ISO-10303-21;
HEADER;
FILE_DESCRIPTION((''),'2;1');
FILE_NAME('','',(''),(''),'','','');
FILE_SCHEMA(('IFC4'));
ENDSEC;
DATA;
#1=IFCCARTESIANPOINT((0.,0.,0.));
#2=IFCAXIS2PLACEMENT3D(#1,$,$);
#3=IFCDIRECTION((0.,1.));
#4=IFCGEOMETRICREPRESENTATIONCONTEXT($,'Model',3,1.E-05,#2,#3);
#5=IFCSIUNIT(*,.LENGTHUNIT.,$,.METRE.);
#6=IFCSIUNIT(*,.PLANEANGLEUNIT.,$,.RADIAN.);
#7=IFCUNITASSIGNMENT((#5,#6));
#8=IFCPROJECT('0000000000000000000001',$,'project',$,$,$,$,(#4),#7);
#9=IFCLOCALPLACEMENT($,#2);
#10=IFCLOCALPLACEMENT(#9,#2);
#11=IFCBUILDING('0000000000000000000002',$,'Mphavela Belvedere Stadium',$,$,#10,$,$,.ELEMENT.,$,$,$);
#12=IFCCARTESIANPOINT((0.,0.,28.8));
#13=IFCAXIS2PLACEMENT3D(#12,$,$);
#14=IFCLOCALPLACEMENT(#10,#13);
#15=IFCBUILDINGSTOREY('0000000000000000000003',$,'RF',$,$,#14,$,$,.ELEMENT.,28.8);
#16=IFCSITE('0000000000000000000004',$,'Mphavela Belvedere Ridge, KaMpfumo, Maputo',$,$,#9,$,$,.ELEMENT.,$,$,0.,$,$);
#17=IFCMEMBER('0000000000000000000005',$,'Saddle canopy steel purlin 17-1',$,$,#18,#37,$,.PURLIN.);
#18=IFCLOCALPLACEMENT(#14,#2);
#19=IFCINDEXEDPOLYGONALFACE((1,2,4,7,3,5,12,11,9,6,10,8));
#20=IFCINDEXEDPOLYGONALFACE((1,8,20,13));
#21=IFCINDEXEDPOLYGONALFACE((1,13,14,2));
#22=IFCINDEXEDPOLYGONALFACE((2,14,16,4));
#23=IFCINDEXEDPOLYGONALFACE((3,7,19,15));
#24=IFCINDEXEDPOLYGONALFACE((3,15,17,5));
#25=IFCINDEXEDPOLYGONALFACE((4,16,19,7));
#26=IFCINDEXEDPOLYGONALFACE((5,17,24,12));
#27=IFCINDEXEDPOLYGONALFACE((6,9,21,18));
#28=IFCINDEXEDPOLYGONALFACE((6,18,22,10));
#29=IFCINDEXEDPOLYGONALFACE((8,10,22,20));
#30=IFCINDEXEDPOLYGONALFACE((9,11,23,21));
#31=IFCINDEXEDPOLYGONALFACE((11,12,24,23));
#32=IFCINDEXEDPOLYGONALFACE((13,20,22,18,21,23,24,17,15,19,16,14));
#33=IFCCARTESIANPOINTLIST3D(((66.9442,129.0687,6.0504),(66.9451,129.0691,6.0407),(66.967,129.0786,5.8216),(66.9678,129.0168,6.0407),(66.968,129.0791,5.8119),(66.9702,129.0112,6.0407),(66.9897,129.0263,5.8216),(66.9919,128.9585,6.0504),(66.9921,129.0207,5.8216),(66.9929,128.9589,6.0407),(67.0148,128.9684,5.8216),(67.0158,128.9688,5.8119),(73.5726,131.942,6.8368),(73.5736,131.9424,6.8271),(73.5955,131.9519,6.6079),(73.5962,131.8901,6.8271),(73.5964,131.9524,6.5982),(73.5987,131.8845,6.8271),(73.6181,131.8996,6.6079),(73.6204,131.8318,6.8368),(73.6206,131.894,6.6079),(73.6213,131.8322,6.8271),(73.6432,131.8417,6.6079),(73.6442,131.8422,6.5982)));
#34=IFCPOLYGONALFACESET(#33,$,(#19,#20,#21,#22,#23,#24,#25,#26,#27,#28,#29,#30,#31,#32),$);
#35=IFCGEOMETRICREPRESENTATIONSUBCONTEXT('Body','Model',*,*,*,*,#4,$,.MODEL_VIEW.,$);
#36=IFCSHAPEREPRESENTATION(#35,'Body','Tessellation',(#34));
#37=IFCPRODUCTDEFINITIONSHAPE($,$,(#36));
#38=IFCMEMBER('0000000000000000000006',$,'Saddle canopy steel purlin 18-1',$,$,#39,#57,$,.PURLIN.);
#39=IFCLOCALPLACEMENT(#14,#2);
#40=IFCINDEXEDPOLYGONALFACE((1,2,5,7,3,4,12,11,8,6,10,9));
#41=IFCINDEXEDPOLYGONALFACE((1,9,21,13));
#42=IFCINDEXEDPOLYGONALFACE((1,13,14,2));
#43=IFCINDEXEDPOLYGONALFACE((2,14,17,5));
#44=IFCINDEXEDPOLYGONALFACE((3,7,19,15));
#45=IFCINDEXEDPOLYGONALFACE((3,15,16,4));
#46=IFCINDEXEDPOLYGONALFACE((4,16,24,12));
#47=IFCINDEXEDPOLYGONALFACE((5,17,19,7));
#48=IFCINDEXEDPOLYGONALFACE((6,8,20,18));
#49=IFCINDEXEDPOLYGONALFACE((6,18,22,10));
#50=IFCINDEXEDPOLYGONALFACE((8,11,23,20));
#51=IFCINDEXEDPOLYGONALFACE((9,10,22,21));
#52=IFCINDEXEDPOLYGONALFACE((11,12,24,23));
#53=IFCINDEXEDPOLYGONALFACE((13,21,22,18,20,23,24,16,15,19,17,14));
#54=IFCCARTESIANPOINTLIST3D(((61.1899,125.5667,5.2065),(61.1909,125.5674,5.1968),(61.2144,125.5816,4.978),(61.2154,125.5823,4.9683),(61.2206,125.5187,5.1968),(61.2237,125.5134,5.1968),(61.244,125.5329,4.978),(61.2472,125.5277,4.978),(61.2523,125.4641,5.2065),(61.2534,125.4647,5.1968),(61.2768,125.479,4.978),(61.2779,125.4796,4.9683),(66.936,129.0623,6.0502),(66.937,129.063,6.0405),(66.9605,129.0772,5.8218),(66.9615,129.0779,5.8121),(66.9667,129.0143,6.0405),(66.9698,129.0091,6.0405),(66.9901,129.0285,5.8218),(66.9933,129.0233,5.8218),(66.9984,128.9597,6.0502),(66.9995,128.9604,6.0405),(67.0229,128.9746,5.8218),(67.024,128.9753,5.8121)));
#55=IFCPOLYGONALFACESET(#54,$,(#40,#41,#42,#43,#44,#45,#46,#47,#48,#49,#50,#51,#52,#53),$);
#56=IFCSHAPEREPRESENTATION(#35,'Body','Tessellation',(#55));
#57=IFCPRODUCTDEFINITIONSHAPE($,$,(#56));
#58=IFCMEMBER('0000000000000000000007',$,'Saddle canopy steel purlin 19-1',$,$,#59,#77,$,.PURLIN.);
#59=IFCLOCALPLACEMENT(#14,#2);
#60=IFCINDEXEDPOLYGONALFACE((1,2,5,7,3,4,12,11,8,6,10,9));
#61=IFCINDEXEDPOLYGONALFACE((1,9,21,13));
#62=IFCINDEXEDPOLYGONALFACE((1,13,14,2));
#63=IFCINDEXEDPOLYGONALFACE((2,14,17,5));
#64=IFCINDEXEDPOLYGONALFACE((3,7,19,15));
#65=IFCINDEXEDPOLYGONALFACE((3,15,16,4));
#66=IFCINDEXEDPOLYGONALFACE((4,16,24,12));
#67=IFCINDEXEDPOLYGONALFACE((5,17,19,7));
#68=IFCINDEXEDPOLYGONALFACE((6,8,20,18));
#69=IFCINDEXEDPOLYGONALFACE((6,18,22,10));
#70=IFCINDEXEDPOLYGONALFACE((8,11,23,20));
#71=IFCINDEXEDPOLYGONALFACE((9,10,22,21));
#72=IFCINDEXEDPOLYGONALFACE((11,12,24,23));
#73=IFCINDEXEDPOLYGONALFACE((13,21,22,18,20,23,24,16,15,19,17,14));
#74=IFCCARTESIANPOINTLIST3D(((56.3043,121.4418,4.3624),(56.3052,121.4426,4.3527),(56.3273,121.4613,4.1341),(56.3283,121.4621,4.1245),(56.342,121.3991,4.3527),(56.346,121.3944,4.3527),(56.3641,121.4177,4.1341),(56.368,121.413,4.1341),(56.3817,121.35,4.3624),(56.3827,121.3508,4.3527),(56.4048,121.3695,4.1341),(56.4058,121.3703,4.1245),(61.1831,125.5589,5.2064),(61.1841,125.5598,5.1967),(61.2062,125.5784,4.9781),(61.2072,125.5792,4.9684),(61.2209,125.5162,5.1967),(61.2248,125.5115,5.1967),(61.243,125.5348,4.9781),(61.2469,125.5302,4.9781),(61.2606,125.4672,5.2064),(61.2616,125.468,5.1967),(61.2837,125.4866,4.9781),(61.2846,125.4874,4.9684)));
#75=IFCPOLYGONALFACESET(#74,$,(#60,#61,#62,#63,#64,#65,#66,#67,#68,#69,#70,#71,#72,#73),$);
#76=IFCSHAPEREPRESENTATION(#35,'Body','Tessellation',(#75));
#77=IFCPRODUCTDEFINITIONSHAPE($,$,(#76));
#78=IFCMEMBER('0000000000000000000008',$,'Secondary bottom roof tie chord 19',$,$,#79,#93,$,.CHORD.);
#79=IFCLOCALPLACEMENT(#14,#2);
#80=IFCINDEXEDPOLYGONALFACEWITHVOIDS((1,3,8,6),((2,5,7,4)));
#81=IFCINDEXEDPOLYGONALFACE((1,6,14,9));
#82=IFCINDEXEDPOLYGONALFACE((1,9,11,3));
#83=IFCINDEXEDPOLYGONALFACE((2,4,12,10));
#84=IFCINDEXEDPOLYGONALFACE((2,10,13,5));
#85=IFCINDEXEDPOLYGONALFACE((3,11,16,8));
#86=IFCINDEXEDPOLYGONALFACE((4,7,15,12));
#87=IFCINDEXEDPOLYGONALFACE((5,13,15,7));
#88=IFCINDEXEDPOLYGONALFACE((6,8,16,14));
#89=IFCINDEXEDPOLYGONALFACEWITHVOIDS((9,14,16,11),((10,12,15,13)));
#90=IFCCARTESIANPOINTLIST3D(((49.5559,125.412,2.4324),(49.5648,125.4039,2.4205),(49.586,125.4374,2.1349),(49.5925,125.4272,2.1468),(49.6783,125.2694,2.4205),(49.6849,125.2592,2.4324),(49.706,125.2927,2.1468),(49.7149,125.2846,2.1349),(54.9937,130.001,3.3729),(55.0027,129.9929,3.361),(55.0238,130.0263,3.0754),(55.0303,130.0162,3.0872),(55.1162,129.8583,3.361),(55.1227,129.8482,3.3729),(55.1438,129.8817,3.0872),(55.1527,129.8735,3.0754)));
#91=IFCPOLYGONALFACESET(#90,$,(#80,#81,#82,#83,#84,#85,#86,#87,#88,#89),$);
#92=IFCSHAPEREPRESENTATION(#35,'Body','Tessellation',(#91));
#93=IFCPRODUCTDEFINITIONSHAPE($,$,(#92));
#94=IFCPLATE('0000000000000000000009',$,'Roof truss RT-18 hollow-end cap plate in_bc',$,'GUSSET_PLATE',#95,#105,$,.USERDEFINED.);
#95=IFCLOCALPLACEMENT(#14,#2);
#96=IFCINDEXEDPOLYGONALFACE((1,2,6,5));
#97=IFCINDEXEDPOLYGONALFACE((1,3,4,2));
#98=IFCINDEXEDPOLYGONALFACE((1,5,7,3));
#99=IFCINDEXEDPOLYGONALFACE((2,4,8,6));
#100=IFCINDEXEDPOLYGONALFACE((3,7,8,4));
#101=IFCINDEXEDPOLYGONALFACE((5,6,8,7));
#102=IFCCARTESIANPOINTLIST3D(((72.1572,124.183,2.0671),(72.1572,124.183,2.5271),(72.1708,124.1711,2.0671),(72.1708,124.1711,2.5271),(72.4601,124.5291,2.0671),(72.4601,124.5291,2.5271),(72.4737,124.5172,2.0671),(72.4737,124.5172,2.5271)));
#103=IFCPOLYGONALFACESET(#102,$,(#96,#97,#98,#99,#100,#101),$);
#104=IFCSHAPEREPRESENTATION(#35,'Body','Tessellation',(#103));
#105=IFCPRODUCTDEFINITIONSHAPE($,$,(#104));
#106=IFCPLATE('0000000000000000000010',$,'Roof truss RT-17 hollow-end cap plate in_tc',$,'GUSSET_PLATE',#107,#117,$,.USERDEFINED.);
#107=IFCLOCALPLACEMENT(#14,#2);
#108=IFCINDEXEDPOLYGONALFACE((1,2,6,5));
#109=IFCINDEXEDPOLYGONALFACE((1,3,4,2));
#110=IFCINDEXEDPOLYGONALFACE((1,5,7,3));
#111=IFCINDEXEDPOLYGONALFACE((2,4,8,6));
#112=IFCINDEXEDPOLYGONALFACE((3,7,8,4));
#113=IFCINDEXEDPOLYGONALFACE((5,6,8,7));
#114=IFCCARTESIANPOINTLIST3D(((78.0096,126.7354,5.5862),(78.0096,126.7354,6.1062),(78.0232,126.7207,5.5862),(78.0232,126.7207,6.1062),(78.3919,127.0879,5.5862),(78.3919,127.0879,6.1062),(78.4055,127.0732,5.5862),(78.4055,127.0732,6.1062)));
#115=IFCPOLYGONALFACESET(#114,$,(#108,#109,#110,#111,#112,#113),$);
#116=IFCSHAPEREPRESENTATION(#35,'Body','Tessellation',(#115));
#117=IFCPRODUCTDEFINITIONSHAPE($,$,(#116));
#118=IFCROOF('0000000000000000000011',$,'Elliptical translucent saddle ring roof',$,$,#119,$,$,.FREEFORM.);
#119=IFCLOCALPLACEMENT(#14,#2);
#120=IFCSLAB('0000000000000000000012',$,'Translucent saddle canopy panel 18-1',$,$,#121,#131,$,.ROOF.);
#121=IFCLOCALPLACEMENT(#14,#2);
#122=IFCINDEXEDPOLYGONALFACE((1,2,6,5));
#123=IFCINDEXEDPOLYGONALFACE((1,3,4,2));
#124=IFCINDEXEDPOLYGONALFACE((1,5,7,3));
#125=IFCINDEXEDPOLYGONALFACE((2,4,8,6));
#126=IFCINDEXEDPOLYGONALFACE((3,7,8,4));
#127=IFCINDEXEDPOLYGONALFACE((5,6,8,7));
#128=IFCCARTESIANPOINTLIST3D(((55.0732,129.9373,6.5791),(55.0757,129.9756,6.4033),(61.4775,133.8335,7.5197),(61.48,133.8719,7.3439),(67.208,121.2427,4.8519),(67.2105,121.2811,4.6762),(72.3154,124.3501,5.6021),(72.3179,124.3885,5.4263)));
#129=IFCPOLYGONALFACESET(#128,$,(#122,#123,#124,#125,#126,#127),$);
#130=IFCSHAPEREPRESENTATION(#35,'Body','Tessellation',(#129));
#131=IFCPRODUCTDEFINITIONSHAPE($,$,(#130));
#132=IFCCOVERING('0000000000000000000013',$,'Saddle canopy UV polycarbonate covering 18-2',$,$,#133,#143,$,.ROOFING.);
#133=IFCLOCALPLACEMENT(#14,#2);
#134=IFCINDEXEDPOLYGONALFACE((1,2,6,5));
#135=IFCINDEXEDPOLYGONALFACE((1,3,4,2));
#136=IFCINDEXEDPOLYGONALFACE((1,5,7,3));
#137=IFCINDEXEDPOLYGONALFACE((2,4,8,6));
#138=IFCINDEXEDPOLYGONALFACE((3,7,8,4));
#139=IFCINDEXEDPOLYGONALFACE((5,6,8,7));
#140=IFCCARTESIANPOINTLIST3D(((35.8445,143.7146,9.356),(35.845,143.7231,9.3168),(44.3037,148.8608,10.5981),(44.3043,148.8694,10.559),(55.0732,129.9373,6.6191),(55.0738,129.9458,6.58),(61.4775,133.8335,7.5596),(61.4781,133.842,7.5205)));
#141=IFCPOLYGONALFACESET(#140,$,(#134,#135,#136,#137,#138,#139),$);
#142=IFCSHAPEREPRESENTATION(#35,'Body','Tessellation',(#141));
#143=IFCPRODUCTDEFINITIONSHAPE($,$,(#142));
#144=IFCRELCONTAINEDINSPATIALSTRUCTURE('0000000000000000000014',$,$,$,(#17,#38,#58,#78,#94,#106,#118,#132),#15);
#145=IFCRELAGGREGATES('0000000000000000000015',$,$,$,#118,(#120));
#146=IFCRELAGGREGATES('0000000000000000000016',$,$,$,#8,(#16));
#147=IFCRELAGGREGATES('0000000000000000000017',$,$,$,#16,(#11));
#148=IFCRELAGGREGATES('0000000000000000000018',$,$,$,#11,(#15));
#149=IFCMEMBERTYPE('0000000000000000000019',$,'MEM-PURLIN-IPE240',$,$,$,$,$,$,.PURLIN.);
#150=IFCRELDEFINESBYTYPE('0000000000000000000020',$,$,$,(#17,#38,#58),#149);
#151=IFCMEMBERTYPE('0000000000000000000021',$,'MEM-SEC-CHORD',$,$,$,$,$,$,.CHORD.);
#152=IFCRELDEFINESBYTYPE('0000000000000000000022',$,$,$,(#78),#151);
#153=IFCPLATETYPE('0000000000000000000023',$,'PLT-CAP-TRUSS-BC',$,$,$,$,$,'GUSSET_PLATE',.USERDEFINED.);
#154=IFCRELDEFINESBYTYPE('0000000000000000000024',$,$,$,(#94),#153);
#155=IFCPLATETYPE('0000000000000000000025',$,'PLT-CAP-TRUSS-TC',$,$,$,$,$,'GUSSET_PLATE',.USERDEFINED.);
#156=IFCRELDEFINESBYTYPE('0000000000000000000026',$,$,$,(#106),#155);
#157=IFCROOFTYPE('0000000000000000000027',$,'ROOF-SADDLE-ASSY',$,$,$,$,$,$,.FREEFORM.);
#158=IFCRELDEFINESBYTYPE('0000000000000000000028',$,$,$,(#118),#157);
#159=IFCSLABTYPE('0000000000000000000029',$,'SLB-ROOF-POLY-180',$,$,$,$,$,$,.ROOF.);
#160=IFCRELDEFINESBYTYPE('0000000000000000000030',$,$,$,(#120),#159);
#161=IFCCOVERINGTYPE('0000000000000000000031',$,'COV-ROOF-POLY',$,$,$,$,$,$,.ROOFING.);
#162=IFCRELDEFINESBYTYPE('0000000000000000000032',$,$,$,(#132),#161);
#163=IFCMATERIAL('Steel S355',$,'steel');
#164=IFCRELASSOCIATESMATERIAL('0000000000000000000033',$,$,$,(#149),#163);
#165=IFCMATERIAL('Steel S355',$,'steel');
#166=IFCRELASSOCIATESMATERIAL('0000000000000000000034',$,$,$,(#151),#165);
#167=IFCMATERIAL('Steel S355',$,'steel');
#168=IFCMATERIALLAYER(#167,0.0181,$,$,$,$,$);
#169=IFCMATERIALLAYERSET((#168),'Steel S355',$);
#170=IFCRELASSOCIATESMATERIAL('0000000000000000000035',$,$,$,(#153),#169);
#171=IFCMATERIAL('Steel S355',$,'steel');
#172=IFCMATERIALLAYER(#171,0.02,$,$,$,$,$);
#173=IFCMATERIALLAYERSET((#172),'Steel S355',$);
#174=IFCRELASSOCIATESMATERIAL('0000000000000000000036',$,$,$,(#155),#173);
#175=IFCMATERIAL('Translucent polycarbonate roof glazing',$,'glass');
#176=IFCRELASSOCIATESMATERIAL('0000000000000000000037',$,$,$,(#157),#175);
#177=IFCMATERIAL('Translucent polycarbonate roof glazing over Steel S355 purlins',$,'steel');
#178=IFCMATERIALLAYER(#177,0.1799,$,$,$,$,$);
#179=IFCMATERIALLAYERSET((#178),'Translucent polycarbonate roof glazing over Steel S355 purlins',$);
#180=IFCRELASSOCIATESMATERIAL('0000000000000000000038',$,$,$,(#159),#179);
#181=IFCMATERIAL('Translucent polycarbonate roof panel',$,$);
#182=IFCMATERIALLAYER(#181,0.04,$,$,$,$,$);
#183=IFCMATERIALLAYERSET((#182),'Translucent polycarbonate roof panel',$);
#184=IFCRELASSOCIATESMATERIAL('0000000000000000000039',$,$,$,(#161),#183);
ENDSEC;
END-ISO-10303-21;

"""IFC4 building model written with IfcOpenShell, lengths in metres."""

from ifc_helpers import new_model, si_unit, direction, frame, origin, origin_2d, place, context, subcontext, project, spatial, polyline, rectangle, hollow_rectangle, i_section, outline, extrude, material, layer, layer_set, material_profile, profile_set, type_object, element, aggregate, save


model = new_model("IFC4")

# Units and contexts
model_context = context("Model", 3, precision=1e-05, world=origin(), true_north=direction((0.0, 1.0)))
body_context = subcontext(model_context, "Body", "Model", "MODEL_VIEW")
ifc_project = project(units=[si_unit("LENGTHUNIT", "METRE"), si_unit("PLANEANGLEUNIT", "RADIAN")], contexts=[model_context])

# Site, building, storey
site_placement = place(None, origin())
site = spatial("IfcSite", under=ifc_project, at=site_placement, Name="Mphavela Belvedere Ridge, KaMpfumo, Maputo", CompositionType="ELEMENT", RefElevation=0.0)
building_placement = place(site_placement, origin())
building = spatial("IfcBuilding", under=site, at=building_placement, Name="Mphavela Belvedere Stadium", CompositionType="ELEMENT")
storey_placement = place(building_placement, frame((0.0, 0.0, 28.8)))
storey = spatial("IfcBuildingStorey", under=building, at=storey_placement, Name="RF", CompositionType="ELEMENT", Elevation=28.8)

# Members
ifc_material_1 = material(Name="Steel S355", Category="steel")
ifc_material_profile_1 = material_profile(ifc_material_1, i_section(OverallWidth=0.1201, OverallDepth=0.24, WebThickness=0.0061, FlangeThickness=0.0098, at=origin_2d()), Name="IPE 240")
ifc_profile_set_1 = profile_set([ifc_material_profile_1], Name="Steel S355")
member_type_1 = type_object("IfcMemberType", Name="MEM-PURLIN-IPE240", PredefinedType="PURLIN", material=ifc_profile_set_1)
member_1_placement = place(storey_placement, frame((73.6084, 131.8921, 6.7175), z_axis=(-0.912119, -0.395386, -0.108211), x_axis=(0.397721, -0.917506, 0.0)))
element("IfcMember", 1, at=member_1_placement, inside=storey, type_object=member_type_1, Name="Saddle canopy steel purlin 17-1", PredefinedType="PURLIN", context=body_context, shape_type="SweptSolid", body=[
    extrude(i_section(OverallWidth=0.1201, OverallDepth=0.24, WebThickness=0.0061, FlangeThickness=0.0098, at=origin_2d()), origin(), (0.0, 0.0, 1.0), 7.2671),
])
member_2_placement = place(storey_placement, frame((66.98, 129.0188, 5.9312), z_axis=(-0.847688, -0.515686, -0.124473), x_axis=(0.519728, -0.854332, 0.0)))
element("IfcMember", 2, at=member_2_placement, inside=storey, type_object=member_type_1, Name="Saddle canopy steel purlin 18-1", PredefinedType="PURLIN", context=body_context, shape_type="SweptSolid", body=[
    extrude(i_section(OverallWidth=0.1201, OverallDepth=0.24, WebThickness=0.0061, FlangeThickness=0.0098, at=origin_2d()), origin(), (0.0, 0.0, 1.0), 6.7786),
])
member_3_placement = place(storey_placement, frame((61.2339, 125.5232, 5.0874), z_axis=(-0.757652, -0.639364, -0.131065), x_axis=(0.644927, -0.764244, 0.0)))
element("IfcMember", 3, at=member_3_placement, inside=storey, type_object=member_type_1, Name="Saddle canopy steel purlin 19-1", PredefinedType="PURLIN", context=body_context, shape_type="SweptSolid", body=[
    extrude(i_section(OverallWidth=0.1201, OverallDepth=0.24, WebThickness=0.0061, FlangeThickness=0.0098, at=origin_2d()), origin(), (0.0, 0.0, 1.0), 6.4395),
])
ifc_material_2 = material(Name="Steel S355", Category="steel")
ifc_material_profile_2 = material_profile(ifc_material_2, hollow_rectangle(XDim=0.2, YDim=0.3, WallThickness=0.012, at=origin_2d()), Name="RHS 300x200x12")
ifc_profile_set_2 = profile_set([ifc_material_profile_2], Name="Steel S355")
member_type_2 = type_object("IfcMemberType", Name="MEM-SEC-CHORD", PredefinedType="CHORD", material=ifc_profile_set_2)
member_4_placement = place(storey_placement, frame((55.0732, 129.9373, 3.2241), z_axis=(-0.757649, -0.639374, -0.131031), x_axis=(0.644934, -0.764238, 0.0)))
element("IfcMember", 4, at=member_4_placement, inside=storey, type_object=member_type_2, Name="Secondary bottom roof tie chord 19", PredefinedType="CHORD", context=body_context, shape_type="SweptSolid", body=[
    extrude(hollow_rectangle(XDim=0.2, YDim=0.3, WallThickness=0.012, at=origin_2d()), origin(), (0.0, 0.0, 1.0), 7.1772),
])

# Plates
ifc_material_3 = material(Name="Steel S355", Category="steel")
ifc_layer_1 = layer(ifc_material_3, 0.0181)
ifc_layer_set_1 = layer_set([ifc_layer_1], Name="Steel S355")
plate_type_1 = type_object("IfcPlateType", Name="PLT-CAP-TRUSS-BC", ElementType="GUSSET_PLATE", PredefinedType="USERDEFINED", material=ifc_layer_set_1)
plate_1_placement = place(storey_placement, frame((72.3154, 124.3501, 2.0671), z_axis=(0.0, 0.0, 1.0), x_axis=(-0.75253, 0.658558, 0.0)))
element("IfcPlate", 5, at=plate_1_placement, inside=storey, type_object=plate_type_1, Name="Roof truss RT-18 hollow-end cap plate in_bc", ObjectType="GUSSET_PLATE", PredefinedType="USERDEFINED", context=body_context, shape_type="SweptSolid", body=[
    extrude(rectangle(XDim=0.0181, YDim=0.46, at=origin_2d()), origin(), (0.0, 0.0, 1.0), 0.46),
])
ifc_material_4 = material(Name="Steel S355", Category="steel")
ifc_layer_2 = layer(ifc_material_4, 0.02)
ifc_layer_set_2 = layer_set([ifc_layer_2], Name="Steel S355")
plate_type_2 = type_object("IfcPlateType", Name="PLT-CAP-TRUSS-TC", ElementType="GUSSET_PLATE", PredefinedType="USERDEFINED", material=ifc_layer_set_2)
plate_2_placement = place(storey_placement, frame((78.2075, 126.9043, 5.5862), z_axis=(0.0, 0.0, 1.0), x_axis=(-0.677903, 0.735151, 0.0)))
element("IfcPlate", 6, at=plate_2_placement, inside=storey, type_object=plate_type_2, Name="Roof truss RT-17 hollow-end cap plate in_tc", ObjectType="GUSSET_PLATE", PredefinedType="USERDEFINED", context=body_context, shape_type="SweptSolid", body=[
    extrude(rectangle(XDim=0.02, YDim=0.52, at=origin_2d()), origin(), (0.0, 0.0, 1.0), 0.52),
])

# Roof, slab
ifc_material_5 = material(Name="Translucent polycarbonate roof glazing", Category="glass")
roof_type = type_object("IfcRoofType", Name="ROOF-SADDLE-ASSY", PredefinedType="FREEFORM", material=ifc_material_5)
roof_placement = place(storey_placement, origin())
roof = element("IfcRoof", 7, at=roof_placement, inside=storey, type_object=roof_type, Name="Elliptical translucent saddle ring roof", PredefinedType="FREEFORM")
ifc_material_6 = material(Name="Translucent polycarbonate roof glazing over Steel S355 purlins", Category="steel")
ifc_layer_3 = layer(ifc_material_6, 0.1799)
ifc_layer_set_3 = layer_set([ifc_layer_3], Name="Translucent polycarbonate roof glazing over Steel S355 purlins")
slab_type = type_object("IfcSlabType", Name="SLB-ROOF-POLY-180", PredefinedType="ROOF", material=ifc_layer_set_3)
slab_1_placement = place(storey_placement, frame((72.3154, 124.3501, 5.6021), z_axis=(-0.01374, -0.213239, 0.976904), x_axis=(-0.847661, -0.515724, -0.124495)))
slab_1 = element("IfcSlab", 8, at=slab_1_placement, type_object=slab_type, Name="Translucent saddle canopy panel 18-1", PredefinedType="ROOF", context=body_context, shape_type="SweptSolid", body=[
    extrude(outline(polyline([(0.0, 0.0), (6.0253, 0.0), (11.6125, -13.9504), (4.0573, -13.9503), (0.0, 0.0)])), origin(), (0.0, 0.0, -1.0), 0.1799),
])
aggregate(roof, [slab_1])

# Covering
ifc_material_7 = material(Name="Translucent polycarbonate roof panel")
ifc_layer_4 = layer(ifc_material_7, 0.04)
ifc_layer_set_4 = layer_set([ifc_layer_4], Name="Translucent polycarbonate roof panel")
covering_type = type_object("IfcCoveringType", Name="COV-ROOF-POLY", PredefinedType="ROOFING", material=ifc_layer_set_4)
covering_1_placement = place(storey_placement, frame((61.4775, 133.8335, 7.5596), z_axis=(-0.013733, -0.213226, 0.976906), x_axis=(-0.847674, -0.515707, -0.124478)))
element("IfcCovering", 9, at=covering_1_placement, inside=storey, type_object=covering_type, Name="Saddle canopy UV polycarbonate covering 18-2", PredefinedType="ROOFING", context=body_context, shape_type="SweptSolid", body=[
    extrude(outline(polyline([(0.0, 0.0), (7.5551, 0.0), (16.4091, -22.1056), (6.4299, -22.1055), (0.0, 0.0)])), origin(), (0.0, 0.0, -1.0), 0.04),
])

save(model, "model.ifc")
